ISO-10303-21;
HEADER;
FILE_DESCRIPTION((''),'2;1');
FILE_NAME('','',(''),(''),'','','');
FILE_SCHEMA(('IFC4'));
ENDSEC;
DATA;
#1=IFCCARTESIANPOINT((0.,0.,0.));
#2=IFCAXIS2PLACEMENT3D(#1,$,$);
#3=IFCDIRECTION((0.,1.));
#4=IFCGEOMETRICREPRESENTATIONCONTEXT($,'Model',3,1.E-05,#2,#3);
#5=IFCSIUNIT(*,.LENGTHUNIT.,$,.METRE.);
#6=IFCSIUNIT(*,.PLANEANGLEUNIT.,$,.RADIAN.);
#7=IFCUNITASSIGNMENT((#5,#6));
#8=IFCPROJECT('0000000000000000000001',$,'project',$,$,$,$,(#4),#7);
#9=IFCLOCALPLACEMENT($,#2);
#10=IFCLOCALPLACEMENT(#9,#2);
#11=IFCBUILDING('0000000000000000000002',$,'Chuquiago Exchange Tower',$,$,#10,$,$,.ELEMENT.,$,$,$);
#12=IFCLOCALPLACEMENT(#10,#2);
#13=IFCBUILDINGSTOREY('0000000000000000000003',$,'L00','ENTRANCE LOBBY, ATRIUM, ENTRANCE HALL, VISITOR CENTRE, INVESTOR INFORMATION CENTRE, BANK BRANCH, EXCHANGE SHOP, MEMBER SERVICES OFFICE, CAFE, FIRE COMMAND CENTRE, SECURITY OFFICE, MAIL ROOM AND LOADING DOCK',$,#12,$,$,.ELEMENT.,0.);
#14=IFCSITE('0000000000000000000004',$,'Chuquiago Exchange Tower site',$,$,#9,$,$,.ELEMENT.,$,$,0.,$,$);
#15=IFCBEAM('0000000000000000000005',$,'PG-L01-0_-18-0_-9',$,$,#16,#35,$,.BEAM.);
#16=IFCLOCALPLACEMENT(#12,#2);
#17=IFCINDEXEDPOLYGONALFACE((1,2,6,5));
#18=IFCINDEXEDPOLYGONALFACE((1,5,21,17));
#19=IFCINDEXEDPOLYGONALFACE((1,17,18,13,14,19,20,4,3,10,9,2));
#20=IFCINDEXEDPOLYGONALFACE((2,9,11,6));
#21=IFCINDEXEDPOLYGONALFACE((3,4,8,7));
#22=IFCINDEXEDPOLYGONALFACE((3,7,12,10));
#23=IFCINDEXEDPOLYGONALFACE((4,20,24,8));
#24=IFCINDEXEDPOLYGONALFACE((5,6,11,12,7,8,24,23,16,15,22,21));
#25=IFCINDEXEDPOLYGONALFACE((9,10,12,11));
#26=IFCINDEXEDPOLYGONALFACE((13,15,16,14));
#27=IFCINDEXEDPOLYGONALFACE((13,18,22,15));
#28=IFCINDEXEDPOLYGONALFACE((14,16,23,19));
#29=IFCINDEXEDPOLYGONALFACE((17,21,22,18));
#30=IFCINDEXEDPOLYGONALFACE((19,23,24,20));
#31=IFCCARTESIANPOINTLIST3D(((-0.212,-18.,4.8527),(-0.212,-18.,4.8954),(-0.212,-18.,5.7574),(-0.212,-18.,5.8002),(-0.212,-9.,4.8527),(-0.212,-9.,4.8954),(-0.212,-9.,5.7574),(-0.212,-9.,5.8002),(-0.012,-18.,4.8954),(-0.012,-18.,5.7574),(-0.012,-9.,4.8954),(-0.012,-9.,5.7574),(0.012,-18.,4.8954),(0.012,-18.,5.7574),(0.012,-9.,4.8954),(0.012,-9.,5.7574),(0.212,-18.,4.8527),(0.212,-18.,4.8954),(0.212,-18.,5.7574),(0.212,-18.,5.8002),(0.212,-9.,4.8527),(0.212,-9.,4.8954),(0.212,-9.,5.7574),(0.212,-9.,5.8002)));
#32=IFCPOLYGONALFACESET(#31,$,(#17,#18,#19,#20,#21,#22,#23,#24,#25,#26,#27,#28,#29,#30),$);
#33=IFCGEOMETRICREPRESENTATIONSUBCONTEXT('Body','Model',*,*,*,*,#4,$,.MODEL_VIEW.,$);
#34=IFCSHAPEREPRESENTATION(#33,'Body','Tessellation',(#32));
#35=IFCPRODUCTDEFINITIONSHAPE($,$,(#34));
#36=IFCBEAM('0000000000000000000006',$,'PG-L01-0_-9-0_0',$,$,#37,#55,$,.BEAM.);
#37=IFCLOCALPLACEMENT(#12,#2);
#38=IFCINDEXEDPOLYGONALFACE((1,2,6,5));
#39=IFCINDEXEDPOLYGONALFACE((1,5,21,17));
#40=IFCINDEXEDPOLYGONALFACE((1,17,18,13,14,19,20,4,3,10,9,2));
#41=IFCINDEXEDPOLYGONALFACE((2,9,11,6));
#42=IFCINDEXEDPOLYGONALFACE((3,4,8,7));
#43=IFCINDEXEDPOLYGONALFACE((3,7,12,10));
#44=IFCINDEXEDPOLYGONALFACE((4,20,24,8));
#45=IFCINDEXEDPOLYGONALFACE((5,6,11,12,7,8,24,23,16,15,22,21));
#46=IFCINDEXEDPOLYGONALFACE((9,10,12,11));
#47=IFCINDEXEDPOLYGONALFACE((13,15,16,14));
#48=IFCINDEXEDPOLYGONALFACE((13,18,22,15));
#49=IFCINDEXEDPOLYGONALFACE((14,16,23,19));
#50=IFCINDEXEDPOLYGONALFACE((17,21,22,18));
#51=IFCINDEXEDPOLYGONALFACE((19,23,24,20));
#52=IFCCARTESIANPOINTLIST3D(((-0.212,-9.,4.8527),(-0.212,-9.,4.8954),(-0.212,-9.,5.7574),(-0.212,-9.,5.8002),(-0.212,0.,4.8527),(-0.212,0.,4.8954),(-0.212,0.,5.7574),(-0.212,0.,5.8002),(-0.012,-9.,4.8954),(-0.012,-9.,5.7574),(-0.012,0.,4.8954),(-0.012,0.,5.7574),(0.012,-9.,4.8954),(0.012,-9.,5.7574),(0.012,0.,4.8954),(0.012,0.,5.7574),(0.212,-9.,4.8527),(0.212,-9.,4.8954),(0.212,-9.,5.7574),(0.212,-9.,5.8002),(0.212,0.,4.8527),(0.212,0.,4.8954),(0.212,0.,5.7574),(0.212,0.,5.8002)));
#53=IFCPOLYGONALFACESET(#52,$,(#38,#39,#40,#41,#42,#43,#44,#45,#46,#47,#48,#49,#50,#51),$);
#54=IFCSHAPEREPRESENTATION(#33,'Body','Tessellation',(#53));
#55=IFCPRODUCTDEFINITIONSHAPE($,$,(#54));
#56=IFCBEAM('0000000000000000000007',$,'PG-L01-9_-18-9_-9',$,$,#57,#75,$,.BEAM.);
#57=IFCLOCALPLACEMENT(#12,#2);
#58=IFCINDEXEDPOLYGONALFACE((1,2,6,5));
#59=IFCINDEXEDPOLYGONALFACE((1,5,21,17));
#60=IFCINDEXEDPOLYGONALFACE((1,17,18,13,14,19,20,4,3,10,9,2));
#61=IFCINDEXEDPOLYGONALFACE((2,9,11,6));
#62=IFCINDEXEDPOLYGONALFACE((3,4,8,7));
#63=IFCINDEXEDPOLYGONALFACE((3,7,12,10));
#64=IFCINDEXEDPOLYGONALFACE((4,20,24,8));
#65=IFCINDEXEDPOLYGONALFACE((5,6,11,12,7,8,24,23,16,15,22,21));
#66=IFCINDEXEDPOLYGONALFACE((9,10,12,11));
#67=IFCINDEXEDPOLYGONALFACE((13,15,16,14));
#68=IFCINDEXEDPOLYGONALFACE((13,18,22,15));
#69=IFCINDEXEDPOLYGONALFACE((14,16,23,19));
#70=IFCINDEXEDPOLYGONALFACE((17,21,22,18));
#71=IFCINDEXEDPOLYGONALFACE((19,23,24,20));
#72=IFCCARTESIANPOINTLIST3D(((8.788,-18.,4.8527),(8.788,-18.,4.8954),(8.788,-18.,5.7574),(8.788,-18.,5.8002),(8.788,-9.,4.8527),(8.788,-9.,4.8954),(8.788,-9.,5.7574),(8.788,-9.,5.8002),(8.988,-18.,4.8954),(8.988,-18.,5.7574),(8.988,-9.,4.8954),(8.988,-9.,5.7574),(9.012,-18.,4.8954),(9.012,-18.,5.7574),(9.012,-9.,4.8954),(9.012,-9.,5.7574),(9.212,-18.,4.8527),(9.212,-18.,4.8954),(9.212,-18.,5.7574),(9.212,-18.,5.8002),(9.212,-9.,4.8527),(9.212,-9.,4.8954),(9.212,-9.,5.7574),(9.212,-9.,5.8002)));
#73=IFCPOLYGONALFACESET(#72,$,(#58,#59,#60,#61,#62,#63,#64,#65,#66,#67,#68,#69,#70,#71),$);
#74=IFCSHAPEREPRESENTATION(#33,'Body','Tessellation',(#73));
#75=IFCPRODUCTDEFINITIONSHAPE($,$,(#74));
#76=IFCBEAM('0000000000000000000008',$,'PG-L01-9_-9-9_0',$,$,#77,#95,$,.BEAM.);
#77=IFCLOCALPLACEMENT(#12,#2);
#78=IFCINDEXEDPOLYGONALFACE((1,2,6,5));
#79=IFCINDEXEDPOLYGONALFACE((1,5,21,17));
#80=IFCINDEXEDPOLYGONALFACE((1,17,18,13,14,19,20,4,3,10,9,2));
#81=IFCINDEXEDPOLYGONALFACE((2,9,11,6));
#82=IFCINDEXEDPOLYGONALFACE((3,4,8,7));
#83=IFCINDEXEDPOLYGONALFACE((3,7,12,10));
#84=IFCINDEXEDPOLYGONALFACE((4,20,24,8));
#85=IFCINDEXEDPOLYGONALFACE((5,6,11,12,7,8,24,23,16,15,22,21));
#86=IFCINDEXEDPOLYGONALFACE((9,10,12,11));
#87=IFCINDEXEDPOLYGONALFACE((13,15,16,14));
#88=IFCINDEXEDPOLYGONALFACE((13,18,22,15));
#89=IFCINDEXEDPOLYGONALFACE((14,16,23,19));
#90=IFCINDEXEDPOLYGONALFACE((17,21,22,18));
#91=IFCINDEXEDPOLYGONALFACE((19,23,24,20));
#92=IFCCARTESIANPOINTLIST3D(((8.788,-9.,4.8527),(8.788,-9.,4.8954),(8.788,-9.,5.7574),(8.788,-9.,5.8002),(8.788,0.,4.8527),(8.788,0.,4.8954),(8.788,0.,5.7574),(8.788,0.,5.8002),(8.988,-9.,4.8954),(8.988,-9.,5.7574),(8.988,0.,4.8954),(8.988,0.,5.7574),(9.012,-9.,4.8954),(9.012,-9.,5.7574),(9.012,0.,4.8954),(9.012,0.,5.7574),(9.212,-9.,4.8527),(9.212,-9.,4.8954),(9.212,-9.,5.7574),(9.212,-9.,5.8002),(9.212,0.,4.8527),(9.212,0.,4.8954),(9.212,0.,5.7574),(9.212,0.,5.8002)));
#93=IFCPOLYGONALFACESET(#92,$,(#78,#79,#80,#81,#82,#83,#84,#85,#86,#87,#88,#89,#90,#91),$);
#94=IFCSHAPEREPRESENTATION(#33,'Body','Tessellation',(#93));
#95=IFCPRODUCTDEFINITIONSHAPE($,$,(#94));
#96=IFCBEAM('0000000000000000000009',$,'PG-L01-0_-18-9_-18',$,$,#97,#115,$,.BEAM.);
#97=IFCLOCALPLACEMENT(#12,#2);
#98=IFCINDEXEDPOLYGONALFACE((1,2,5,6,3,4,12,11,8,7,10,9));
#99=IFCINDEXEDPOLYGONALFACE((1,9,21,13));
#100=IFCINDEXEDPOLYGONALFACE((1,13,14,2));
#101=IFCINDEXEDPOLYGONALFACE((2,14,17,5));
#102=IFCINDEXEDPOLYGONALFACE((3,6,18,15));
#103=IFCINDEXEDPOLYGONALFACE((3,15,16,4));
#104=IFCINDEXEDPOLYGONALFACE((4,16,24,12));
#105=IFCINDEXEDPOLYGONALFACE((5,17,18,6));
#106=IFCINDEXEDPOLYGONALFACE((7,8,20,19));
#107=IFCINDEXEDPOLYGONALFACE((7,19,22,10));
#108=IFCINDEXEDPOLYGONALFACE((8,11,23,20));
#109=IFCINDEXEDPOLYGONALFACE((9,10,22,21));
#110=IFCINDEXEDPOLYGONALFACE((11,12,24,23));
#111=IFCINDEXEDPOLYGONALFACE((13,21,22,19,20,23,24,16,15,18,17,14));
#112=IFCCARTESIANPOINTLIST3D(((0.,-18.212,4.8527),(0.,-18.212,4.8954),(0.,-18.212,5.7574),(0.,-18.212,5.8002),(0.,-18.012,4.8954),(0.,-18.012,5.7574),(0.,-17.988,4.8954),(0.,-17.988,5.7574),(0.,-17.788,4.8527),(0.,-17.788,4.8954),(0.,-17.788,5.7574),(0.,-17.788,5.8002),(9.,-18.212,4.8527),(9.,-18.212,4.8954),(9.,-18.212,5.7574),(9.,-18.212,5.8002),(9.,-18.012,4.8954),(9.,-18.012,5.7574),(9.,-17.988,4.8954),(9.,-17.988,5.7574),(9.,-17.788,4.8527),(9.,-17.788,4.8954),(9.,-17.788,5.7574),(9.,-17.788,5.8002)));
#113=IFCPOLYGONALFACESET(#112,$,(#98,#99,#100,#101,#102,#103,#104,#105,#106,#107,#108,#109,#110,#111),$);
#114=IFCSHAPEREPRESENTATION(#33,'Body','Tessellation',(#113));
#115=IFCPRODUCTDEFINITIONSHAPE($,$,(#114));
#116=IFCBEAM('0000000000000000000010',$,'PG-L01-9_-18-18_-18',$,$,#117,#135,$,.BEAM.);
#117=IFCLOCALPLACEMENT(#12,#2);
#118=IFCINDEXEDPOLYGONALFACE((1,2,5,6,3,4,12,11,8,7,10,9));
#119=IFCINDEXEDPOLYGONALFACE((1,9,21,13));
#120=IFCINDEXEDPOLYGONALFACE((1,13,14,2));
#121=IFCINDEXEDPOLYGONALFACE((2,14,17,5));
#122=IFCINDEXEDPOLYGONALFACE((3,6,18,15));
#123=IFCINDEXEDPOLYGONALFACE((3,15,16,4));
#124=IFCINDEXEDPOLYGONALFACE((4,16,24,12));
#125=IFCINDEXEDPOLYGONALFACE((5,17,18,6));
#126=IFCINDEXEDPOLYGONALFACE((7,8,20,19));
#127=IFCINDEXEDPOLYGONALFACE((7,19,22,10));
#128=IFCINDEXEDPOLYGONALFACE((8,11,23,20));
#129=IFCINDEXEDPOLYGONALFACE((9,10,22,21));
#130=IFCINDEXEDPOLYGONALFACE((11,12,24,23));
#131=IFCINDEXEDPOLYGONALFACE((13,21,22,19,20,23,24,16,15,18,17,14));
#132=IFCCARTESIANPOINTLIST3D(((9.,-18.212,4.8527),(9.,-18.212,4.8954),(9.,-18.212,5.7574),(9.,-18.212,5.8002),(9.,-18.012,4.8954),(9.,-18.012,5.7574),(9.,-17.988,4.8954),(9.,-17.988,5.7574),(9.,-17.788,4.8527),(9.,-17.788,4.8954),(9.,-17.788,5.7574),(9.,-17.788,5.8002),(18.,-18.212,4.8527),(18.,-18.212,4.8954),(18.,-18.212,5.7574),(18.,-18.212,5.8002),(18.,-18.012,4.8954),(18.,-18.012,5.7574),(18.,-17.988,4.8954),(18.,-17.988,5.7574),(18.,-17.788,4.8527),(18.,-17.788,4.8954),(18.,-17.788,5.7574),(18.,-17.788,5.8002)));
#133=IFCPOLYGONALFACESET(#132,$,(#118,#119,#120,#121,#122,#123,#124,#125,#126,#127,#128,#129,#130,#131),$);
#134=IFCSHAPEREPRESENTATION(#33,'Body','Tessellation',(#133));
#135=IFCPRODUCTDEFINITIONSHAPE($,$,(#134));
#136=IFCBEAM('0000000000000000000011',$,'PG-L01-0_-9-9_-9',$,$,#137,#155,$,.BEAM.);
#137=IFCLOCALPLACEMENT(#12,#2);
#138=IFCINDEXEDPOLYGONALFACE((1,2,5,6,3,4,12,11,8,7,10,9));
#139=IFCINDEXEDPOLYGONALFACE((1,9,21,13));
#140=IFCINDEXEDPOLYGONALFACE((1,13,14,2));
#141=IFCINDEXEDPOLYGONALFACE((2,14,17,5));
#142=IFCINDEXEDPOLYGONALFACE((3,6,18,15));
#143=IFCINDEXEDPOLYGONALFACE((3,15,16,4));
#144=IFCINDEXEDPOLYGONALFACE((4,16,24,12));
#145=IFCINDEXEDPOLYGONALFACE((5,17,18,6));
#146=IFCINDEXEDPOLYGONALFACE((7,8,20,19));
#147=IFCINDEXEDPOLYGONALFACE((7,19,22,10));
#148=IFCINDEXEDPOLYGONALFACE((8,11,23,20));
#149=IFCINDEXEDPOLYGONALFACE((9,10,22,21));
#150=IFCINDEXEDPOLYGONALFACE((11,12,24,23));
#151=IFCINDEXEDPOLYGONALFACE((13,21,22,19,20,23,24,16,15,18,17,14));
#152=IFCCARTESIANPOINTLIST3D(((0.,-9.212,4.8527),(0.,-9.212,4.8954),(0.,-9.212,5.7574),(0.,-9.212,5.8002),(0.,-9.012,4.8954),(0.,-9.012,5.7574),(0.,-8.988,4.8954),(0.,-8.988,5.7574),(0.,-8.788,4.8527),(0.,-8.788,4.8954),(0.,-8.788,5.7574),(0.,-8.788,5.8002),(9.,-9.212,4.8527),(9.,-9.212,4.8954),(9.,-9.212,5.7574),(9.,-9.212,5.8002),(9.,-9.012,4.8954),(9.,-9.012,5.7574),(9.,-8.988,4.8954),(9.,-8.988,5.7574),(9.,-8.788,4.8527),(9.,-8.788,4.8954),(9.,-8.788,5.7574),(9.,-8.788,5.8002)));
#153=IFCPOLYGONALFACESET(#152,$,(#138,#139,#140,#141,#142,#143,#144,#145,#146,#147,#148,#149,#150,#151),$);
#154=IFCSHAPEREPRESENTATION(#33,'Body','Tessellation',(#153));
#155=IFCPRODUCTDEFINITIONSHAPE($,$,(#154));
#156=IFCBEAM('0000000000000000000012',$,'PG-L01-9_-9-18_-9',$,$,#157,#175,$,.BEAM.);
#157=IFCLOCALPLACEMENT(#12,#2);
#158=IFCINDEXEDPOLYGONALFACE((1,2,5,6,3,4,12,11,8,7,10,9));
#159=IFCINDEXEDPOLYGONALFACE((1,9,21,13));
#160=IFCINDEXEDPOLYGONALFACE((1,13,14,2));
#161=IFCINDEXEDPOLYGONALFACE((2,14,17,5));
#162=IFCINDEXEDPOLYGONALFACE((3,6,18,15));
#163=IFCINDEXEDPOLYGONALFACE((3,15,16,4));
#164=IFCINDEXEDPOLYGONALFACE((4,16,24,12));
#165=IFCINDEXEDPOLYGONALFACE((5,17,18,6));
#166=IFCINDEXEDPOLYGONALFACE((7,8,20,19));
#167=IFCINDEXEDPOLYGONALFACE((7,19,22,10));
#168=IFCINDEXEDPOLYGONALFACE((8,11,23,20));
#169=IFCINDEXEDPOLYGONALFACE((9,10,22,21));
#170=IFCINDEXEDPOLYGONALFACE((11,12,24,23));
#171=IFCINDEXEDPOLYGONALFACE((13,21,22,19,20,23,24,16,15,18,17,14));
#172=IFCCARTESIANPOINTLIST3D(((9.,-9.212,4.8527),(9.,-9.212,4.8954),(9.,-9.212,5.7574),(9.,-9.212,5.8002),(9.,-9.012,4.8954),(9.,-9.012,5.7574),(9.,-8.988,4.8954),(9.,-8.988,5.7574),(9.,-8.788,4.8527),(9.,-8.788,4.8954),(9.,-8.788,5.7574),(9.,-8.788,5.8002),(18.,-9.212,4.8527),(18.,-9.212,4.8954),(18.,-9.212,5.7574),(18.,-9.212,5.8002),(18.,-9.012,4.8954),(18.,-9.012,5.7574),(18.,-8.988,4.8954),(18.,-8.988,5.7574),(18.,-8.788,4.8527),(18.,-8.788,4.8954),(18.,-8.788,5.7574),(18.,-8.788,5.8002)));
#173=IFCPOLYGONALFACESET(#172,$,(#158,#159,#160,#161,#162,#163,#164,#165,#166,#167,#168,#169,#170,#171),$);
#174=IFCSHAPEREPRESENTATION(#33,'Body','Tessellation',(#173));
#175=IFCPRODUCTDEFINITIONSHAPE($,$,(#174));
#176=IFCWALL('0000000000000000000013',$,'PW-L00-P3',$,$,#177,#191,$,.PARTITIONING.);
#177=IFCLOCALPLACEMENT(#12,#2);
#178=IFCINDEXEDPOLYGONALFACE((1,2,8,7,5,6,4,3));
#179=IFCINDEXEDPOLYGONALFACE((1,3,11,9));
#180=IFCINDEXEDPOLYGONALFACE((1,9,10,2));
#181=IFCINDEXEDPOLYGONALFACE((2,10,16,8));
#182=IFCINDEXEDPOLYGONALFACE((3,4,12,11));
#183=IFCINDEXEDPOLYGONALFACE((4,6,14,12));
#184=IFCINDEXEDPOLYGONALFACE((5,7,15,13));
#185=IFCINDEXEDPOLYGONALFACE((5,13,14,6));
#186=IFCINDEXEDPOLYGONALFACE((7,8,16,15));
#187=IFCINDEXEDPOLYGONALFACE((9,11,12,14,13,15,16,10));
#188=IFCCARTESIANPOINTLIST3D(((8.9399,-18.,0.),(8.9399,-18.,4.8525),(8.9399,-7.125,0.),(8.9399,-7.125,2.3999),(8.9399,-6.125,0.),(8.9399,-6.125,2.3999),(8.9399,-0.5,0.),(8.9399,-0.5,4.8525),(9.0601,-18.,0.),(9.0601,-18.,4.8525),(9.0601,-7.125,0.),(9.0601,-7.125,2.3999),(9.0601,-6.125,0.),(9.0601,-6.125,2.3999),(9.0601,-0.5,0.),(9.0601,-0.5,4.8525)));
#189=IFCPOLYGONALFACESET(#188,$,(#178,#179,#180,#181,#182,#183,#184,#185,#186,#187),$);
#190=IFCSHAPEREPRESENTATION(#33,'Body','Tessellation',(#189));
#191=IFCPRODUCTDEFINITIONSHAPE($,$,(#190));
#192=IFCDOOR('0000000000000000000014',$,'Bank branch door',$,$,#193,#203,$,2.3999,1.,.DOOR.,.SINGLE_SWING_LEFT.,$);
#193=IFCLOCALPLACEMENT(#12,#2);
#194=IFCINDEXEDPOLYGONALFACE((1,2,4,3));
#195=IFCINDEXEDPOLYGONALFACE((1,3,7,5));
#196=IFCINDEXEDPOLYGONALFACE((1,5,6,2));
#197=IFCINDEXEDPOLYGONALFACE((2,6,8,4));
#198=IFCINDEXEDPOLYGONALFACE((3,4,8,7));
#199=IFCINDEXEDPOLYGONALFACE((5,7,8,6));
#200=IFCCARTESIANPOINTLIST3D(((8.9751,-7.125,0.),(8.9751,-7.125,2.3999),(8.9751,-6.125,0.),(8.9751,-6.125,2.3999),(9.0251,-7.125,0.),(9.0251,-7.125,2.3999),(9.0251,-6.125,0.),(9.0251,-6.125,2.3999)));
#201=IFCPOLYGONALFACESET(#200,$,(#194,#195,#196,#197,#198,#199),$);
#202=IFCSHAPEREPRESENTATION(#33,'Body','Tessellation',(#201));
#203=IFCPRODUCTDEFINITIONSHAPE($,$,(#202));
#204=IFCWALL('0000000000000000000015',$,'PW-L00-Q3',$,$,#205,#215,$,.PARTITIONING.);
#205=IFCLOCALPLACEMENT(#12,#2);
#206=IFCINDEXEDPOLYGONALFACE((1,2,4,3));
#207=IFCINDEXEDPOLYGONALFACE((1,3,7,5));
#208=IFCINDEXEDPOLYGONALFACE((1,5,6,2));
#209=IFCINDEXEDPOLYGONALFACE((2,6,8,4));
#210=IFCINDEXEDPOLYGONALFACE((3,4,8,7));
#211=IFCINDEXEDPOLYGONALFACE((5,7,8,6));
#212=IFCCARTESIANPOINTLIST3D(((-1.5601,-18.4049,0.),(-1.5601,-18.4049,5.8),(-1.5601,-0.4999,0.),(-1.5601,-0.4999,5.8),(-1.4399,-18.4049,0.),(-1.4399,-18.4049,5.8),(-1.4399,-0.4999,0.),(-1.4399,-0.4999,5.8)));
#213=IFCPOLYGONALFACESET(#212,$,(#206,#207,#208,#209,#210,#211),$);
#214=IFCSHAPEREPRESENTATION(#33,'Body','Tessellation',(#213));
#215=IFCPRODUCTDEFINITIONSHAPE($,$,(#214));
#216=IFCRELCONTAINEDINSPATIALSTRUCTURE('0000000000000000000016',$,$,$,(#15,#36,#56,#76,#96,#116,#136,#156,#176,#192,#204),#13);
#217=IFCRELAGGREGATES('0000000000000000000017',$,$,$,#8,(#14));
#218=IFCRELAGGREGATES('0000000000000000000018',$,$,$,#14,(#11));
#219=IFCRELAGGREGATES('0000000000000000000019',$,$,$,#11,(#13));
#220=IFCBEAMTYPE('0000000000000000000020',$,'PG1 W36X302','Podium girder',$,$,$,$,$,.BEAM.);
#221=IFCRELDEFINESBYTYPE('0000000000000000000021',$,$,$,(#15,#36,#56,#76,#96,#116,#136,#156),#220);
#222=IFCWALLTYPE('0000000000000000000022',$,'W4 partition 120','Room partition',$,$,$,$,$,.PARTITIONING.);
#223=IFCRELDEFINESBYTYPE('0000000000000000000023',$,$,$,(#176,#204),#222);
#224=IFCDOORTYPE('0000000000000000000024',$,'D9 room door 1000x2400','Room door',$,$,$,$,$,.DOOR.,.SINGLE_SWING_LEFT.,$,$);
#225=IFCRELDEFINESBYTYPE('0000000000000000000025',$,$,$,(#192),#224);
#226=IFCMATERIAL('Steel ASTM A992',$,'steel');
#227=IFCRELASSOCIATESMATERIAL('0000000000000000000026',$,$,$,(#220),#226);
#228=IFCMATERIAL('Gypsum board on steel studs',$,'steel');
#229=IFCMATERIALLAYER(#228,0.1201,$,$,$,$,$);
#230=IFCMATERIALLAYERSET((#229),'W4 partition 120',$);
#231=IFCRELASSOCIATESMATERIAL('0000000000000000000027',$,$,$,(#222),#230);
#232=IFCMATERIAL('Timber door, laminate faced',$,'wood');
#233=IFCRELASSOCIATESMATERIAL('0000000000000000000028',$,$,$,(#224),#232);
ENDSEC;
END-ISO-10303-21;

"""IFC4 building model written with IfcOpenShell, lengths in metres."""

from ifc_helpers import new_model, si_unit, direction, frame, frame_2d, origin, origin_2d, place, context, subcontext, project, spatial, rectangle, i_section, extrude, material, layer, layer_set, material_profile, profile_set, type_object, element, fill, save


model = new_model("IFC4")

# Units and contexts
model_context = context("Model", 3, precision=1e-05, world=origin(), true_north=direction((0.0, 1.0)))
body_context = subcontext(model_context, "Body", "Model", "MODEL_VIEW")
ifc_project = project(units=[si_unit("LENGTHUNIT", "METRE"), si_unit("PLANEANGLEUNIT", "RADIAN")], contexts=[model_context])

# Site, building, storey
site_placement = place(None, origin())
site = spatial("IfcSite", under=ifc_project, at=site_placement, Name="Chuquiago Exchange Tower site", CompositionType="ELEMENT", RefElevation=0.0)
building_placement = place(site_placement, origin())
building = spatial("IfcBuilding", under=site, at=building_placement, Name="Chuquiago Exchange Tower", CompositionType="ELEMENT")
storey_placement = place(building_placement, origin())
storey = spatial("IfcBuildingStorey", under=building, at=storey_placement, Name="L00", Description="ENTRANCE LOBBY, ATRIUM, ENTRANCE HALL, VISITOR CENTRE, INVESTOR INFORMATION CENTRE, BANK BRANCH, EXCHANGE SHOP, MEMBER SERVICES OFFICE, CAFE, FIRE COMMAND CENTRE, SECURITY OFFICE, MAIL ROOM AND LOADING DOCK", CompositionType="ELEMENT", Elevation=0.0)

# Beams
ifc_material_1 = material(Name="Steel ASTM A992", Category="steel")
ifc_material_profile_1 = material_profile(ifc_material_1, i_section(OverallWidth=0.4241, OverallDepth=0.9475, WebThickness=0.0239, FlangeThickness=0.0427, at=origin_2d()), Name="W36X302")
ifc_profile_set_1 = profile_set([ifc_material_profile_1], Name="Steel ASTM A992")
beam_type_1 = type_object("IfcBeamType", Name="PG1 W36X302", Description="Podium girder", PredefinedType="BEAM", material=ifc_profile_set_1)
for number, where, z_axis, x_axis, name in (
    (1, (0.0, -18.0, 5.3264), (0.0, 1.0, 0.0), (-1.0, 0.0, 0.0), "PG-L01-0_-18-0_-9"),
    (2, (0.0, -9.0, 5.3264), (0.0, 1.0, 0.0), (-1.0, 0.0, 0.0), "PG-L01-0_-9-0_0"),
    (3, (9.0, -18.0, 5.3264), (0.0, 1.0, 0.0), (-1.0, 0.0, 0.0), "PG-L01-9_-18-9_-9"),
    (4, (9.0, -9.0, 5.3264), (0.0, 1.0, 0.0), (-1.0, 0.0, 0.0), "PG-L01-9_-9-9_0"),
    (5, (0.0, -18.0, 5.3264), (1.0, 0.0, 0.0), (0.0, 1.0, 0.0), "PG-L01-0_-18-9_-18"),
    (6, (9.0, -18.0, 5.3264), (1.0, 0.0, 0.0), (0.0, 1.0, 0.0), "PG-L01-9_-18-18_-18"),
    (7, (0.0, -9.0, 5.3264), (1.0, 0.0, 0.0), (0.0, 1.0, 0.0), "PG-L01-0_-9-9_-9"),
    (8, (9.0, -9.0, 5.3264), (1.0, 0.0, 0.0), (0.0, 1.0, 0.0), "PG-L01-9_-9-18_-9"),
):
    element("IfcBeam", number, at=place(storey_placement, frame(where, z_axis=z_axis, x_axis=x_axis)), inside=storey, type_object=beam_type_1, Name=name, PredefinedType="BEAM", context=body_context, shape_type="SweptSolid", body=[
        extrude(i_section(OverallWidth=0.4241, OverallDepth=0.9475, WebThickness=0.0239, FlangeThickness=0.0427, at=origin_2d()), origin(), (0.0, 0.0, 1.0), 9.0),
    ])

# Wall, opening, door
ifc_material_2 = material(Name="Gypsum board on steel studs", Category="steel")
ifc_layer = layer(ifc_material_2, 0.1201)
ifc_layer_set = layer_set([ifc_layer], Name="W4 partition 120")
wall_type = type_object("IfcWallType", Name="W4 partition 120", Description="Room partition", PredefinedType="PARTITIONING", material=ifc_layer_set)
wall_1_placement = place(storey_placement, frame((9.0, -18.0, 0.0), z_axis=(0.0, 0.0, 1.0), x_axis=(0.0, 1.0, 0.0)))
wall_1 = element("IfcWall", 9, at=wall_1_placement, inside=storey, type_object=wall_type, Name="PW-L00-P3", PredefinedType="PARTITIONING", context=body_context, shape_type="SweptSolid", body=[
    extrude(rectangle(XDim=17.5, YDim=0.1201, at=frame_2d((8.75, 0.0))), origin(), (0.0, 0.0, 1.0), 4.8525),
])
opening_placement = place(wall_1_placement, frame((10.875, 0.0, 0.0)))
opening = element("IfcOpeningElement", 10, at=opening_placement, cuts=wall_1, PredefinedType="OPENING", context=body_context, shape_type="SweptSolid", body=[
    extrude(rectangle(XDim=1.0, YDim=2.3999, at=frame_2d((0.5, 1.2))), frame((0.0, 0.0701, 0.0), z_axis=(0.0, -1.0, 0.0), x_axis=(1.0, 0.0, 0.0)), (0.0, 0.0, 1.0), 0.1401),
])
ifc_material_3 = material(Name="Timber door, laminate faced", Category="wood")
door_type = type_object("IfcDoorType", Name="D9 room door 1000x2400", Description="Room door", OperationType="SINGLE_SWING_LEFT", PredefinedType="DOOR", material=ifc_material_3)
door_placement = place(opening_placement, origin())
door = element("IfcDoor", 11, at=door_placement, inside=storey, type_object=door_type, Name="Bank branch door", OperationType="SINGLE_SWING_LEFT", OverallHeight=2.3999, OverallWidth=1.0, PredefinedType="DOOR", context=body_context, shape_type="SweptSolid", body=[
    extrude(rectangle(XDim=1.0, YDim=2.3999, at=frame_2d((0.5, 1.2))), frame((0.0, 0.0249, 0.0), z_axis=(0.0, -1.0, 0.0), x_axis=(1.0, 0.0, 0.0)), (0.0, 0.0, 1.0), 0.05),
])
fill(opening, door)

# Wall
wall_2_placement = place(storey_placement, frame((-1.5, -18.405, 0.0), z_axis=(0.0, 0.0, 1.0), x_axis=(0.0, 1.0, 0.0)))
element("IfcWall", 12, at=wall_2_placement, inside=storey, type_object=wall_type, Name="PW-L00-Q3", PredefinedType="PARTITIONING", context=body_context, shape_type="SweptSolid", body=[
    extrude(rectangle(XDim=17.905, YDim=0.1201, at=frame_2d((8.9526, 0.0))), origin(), (0.0, 0.0, 1.0), 5.8),
])

save(model, "model.ifc")
